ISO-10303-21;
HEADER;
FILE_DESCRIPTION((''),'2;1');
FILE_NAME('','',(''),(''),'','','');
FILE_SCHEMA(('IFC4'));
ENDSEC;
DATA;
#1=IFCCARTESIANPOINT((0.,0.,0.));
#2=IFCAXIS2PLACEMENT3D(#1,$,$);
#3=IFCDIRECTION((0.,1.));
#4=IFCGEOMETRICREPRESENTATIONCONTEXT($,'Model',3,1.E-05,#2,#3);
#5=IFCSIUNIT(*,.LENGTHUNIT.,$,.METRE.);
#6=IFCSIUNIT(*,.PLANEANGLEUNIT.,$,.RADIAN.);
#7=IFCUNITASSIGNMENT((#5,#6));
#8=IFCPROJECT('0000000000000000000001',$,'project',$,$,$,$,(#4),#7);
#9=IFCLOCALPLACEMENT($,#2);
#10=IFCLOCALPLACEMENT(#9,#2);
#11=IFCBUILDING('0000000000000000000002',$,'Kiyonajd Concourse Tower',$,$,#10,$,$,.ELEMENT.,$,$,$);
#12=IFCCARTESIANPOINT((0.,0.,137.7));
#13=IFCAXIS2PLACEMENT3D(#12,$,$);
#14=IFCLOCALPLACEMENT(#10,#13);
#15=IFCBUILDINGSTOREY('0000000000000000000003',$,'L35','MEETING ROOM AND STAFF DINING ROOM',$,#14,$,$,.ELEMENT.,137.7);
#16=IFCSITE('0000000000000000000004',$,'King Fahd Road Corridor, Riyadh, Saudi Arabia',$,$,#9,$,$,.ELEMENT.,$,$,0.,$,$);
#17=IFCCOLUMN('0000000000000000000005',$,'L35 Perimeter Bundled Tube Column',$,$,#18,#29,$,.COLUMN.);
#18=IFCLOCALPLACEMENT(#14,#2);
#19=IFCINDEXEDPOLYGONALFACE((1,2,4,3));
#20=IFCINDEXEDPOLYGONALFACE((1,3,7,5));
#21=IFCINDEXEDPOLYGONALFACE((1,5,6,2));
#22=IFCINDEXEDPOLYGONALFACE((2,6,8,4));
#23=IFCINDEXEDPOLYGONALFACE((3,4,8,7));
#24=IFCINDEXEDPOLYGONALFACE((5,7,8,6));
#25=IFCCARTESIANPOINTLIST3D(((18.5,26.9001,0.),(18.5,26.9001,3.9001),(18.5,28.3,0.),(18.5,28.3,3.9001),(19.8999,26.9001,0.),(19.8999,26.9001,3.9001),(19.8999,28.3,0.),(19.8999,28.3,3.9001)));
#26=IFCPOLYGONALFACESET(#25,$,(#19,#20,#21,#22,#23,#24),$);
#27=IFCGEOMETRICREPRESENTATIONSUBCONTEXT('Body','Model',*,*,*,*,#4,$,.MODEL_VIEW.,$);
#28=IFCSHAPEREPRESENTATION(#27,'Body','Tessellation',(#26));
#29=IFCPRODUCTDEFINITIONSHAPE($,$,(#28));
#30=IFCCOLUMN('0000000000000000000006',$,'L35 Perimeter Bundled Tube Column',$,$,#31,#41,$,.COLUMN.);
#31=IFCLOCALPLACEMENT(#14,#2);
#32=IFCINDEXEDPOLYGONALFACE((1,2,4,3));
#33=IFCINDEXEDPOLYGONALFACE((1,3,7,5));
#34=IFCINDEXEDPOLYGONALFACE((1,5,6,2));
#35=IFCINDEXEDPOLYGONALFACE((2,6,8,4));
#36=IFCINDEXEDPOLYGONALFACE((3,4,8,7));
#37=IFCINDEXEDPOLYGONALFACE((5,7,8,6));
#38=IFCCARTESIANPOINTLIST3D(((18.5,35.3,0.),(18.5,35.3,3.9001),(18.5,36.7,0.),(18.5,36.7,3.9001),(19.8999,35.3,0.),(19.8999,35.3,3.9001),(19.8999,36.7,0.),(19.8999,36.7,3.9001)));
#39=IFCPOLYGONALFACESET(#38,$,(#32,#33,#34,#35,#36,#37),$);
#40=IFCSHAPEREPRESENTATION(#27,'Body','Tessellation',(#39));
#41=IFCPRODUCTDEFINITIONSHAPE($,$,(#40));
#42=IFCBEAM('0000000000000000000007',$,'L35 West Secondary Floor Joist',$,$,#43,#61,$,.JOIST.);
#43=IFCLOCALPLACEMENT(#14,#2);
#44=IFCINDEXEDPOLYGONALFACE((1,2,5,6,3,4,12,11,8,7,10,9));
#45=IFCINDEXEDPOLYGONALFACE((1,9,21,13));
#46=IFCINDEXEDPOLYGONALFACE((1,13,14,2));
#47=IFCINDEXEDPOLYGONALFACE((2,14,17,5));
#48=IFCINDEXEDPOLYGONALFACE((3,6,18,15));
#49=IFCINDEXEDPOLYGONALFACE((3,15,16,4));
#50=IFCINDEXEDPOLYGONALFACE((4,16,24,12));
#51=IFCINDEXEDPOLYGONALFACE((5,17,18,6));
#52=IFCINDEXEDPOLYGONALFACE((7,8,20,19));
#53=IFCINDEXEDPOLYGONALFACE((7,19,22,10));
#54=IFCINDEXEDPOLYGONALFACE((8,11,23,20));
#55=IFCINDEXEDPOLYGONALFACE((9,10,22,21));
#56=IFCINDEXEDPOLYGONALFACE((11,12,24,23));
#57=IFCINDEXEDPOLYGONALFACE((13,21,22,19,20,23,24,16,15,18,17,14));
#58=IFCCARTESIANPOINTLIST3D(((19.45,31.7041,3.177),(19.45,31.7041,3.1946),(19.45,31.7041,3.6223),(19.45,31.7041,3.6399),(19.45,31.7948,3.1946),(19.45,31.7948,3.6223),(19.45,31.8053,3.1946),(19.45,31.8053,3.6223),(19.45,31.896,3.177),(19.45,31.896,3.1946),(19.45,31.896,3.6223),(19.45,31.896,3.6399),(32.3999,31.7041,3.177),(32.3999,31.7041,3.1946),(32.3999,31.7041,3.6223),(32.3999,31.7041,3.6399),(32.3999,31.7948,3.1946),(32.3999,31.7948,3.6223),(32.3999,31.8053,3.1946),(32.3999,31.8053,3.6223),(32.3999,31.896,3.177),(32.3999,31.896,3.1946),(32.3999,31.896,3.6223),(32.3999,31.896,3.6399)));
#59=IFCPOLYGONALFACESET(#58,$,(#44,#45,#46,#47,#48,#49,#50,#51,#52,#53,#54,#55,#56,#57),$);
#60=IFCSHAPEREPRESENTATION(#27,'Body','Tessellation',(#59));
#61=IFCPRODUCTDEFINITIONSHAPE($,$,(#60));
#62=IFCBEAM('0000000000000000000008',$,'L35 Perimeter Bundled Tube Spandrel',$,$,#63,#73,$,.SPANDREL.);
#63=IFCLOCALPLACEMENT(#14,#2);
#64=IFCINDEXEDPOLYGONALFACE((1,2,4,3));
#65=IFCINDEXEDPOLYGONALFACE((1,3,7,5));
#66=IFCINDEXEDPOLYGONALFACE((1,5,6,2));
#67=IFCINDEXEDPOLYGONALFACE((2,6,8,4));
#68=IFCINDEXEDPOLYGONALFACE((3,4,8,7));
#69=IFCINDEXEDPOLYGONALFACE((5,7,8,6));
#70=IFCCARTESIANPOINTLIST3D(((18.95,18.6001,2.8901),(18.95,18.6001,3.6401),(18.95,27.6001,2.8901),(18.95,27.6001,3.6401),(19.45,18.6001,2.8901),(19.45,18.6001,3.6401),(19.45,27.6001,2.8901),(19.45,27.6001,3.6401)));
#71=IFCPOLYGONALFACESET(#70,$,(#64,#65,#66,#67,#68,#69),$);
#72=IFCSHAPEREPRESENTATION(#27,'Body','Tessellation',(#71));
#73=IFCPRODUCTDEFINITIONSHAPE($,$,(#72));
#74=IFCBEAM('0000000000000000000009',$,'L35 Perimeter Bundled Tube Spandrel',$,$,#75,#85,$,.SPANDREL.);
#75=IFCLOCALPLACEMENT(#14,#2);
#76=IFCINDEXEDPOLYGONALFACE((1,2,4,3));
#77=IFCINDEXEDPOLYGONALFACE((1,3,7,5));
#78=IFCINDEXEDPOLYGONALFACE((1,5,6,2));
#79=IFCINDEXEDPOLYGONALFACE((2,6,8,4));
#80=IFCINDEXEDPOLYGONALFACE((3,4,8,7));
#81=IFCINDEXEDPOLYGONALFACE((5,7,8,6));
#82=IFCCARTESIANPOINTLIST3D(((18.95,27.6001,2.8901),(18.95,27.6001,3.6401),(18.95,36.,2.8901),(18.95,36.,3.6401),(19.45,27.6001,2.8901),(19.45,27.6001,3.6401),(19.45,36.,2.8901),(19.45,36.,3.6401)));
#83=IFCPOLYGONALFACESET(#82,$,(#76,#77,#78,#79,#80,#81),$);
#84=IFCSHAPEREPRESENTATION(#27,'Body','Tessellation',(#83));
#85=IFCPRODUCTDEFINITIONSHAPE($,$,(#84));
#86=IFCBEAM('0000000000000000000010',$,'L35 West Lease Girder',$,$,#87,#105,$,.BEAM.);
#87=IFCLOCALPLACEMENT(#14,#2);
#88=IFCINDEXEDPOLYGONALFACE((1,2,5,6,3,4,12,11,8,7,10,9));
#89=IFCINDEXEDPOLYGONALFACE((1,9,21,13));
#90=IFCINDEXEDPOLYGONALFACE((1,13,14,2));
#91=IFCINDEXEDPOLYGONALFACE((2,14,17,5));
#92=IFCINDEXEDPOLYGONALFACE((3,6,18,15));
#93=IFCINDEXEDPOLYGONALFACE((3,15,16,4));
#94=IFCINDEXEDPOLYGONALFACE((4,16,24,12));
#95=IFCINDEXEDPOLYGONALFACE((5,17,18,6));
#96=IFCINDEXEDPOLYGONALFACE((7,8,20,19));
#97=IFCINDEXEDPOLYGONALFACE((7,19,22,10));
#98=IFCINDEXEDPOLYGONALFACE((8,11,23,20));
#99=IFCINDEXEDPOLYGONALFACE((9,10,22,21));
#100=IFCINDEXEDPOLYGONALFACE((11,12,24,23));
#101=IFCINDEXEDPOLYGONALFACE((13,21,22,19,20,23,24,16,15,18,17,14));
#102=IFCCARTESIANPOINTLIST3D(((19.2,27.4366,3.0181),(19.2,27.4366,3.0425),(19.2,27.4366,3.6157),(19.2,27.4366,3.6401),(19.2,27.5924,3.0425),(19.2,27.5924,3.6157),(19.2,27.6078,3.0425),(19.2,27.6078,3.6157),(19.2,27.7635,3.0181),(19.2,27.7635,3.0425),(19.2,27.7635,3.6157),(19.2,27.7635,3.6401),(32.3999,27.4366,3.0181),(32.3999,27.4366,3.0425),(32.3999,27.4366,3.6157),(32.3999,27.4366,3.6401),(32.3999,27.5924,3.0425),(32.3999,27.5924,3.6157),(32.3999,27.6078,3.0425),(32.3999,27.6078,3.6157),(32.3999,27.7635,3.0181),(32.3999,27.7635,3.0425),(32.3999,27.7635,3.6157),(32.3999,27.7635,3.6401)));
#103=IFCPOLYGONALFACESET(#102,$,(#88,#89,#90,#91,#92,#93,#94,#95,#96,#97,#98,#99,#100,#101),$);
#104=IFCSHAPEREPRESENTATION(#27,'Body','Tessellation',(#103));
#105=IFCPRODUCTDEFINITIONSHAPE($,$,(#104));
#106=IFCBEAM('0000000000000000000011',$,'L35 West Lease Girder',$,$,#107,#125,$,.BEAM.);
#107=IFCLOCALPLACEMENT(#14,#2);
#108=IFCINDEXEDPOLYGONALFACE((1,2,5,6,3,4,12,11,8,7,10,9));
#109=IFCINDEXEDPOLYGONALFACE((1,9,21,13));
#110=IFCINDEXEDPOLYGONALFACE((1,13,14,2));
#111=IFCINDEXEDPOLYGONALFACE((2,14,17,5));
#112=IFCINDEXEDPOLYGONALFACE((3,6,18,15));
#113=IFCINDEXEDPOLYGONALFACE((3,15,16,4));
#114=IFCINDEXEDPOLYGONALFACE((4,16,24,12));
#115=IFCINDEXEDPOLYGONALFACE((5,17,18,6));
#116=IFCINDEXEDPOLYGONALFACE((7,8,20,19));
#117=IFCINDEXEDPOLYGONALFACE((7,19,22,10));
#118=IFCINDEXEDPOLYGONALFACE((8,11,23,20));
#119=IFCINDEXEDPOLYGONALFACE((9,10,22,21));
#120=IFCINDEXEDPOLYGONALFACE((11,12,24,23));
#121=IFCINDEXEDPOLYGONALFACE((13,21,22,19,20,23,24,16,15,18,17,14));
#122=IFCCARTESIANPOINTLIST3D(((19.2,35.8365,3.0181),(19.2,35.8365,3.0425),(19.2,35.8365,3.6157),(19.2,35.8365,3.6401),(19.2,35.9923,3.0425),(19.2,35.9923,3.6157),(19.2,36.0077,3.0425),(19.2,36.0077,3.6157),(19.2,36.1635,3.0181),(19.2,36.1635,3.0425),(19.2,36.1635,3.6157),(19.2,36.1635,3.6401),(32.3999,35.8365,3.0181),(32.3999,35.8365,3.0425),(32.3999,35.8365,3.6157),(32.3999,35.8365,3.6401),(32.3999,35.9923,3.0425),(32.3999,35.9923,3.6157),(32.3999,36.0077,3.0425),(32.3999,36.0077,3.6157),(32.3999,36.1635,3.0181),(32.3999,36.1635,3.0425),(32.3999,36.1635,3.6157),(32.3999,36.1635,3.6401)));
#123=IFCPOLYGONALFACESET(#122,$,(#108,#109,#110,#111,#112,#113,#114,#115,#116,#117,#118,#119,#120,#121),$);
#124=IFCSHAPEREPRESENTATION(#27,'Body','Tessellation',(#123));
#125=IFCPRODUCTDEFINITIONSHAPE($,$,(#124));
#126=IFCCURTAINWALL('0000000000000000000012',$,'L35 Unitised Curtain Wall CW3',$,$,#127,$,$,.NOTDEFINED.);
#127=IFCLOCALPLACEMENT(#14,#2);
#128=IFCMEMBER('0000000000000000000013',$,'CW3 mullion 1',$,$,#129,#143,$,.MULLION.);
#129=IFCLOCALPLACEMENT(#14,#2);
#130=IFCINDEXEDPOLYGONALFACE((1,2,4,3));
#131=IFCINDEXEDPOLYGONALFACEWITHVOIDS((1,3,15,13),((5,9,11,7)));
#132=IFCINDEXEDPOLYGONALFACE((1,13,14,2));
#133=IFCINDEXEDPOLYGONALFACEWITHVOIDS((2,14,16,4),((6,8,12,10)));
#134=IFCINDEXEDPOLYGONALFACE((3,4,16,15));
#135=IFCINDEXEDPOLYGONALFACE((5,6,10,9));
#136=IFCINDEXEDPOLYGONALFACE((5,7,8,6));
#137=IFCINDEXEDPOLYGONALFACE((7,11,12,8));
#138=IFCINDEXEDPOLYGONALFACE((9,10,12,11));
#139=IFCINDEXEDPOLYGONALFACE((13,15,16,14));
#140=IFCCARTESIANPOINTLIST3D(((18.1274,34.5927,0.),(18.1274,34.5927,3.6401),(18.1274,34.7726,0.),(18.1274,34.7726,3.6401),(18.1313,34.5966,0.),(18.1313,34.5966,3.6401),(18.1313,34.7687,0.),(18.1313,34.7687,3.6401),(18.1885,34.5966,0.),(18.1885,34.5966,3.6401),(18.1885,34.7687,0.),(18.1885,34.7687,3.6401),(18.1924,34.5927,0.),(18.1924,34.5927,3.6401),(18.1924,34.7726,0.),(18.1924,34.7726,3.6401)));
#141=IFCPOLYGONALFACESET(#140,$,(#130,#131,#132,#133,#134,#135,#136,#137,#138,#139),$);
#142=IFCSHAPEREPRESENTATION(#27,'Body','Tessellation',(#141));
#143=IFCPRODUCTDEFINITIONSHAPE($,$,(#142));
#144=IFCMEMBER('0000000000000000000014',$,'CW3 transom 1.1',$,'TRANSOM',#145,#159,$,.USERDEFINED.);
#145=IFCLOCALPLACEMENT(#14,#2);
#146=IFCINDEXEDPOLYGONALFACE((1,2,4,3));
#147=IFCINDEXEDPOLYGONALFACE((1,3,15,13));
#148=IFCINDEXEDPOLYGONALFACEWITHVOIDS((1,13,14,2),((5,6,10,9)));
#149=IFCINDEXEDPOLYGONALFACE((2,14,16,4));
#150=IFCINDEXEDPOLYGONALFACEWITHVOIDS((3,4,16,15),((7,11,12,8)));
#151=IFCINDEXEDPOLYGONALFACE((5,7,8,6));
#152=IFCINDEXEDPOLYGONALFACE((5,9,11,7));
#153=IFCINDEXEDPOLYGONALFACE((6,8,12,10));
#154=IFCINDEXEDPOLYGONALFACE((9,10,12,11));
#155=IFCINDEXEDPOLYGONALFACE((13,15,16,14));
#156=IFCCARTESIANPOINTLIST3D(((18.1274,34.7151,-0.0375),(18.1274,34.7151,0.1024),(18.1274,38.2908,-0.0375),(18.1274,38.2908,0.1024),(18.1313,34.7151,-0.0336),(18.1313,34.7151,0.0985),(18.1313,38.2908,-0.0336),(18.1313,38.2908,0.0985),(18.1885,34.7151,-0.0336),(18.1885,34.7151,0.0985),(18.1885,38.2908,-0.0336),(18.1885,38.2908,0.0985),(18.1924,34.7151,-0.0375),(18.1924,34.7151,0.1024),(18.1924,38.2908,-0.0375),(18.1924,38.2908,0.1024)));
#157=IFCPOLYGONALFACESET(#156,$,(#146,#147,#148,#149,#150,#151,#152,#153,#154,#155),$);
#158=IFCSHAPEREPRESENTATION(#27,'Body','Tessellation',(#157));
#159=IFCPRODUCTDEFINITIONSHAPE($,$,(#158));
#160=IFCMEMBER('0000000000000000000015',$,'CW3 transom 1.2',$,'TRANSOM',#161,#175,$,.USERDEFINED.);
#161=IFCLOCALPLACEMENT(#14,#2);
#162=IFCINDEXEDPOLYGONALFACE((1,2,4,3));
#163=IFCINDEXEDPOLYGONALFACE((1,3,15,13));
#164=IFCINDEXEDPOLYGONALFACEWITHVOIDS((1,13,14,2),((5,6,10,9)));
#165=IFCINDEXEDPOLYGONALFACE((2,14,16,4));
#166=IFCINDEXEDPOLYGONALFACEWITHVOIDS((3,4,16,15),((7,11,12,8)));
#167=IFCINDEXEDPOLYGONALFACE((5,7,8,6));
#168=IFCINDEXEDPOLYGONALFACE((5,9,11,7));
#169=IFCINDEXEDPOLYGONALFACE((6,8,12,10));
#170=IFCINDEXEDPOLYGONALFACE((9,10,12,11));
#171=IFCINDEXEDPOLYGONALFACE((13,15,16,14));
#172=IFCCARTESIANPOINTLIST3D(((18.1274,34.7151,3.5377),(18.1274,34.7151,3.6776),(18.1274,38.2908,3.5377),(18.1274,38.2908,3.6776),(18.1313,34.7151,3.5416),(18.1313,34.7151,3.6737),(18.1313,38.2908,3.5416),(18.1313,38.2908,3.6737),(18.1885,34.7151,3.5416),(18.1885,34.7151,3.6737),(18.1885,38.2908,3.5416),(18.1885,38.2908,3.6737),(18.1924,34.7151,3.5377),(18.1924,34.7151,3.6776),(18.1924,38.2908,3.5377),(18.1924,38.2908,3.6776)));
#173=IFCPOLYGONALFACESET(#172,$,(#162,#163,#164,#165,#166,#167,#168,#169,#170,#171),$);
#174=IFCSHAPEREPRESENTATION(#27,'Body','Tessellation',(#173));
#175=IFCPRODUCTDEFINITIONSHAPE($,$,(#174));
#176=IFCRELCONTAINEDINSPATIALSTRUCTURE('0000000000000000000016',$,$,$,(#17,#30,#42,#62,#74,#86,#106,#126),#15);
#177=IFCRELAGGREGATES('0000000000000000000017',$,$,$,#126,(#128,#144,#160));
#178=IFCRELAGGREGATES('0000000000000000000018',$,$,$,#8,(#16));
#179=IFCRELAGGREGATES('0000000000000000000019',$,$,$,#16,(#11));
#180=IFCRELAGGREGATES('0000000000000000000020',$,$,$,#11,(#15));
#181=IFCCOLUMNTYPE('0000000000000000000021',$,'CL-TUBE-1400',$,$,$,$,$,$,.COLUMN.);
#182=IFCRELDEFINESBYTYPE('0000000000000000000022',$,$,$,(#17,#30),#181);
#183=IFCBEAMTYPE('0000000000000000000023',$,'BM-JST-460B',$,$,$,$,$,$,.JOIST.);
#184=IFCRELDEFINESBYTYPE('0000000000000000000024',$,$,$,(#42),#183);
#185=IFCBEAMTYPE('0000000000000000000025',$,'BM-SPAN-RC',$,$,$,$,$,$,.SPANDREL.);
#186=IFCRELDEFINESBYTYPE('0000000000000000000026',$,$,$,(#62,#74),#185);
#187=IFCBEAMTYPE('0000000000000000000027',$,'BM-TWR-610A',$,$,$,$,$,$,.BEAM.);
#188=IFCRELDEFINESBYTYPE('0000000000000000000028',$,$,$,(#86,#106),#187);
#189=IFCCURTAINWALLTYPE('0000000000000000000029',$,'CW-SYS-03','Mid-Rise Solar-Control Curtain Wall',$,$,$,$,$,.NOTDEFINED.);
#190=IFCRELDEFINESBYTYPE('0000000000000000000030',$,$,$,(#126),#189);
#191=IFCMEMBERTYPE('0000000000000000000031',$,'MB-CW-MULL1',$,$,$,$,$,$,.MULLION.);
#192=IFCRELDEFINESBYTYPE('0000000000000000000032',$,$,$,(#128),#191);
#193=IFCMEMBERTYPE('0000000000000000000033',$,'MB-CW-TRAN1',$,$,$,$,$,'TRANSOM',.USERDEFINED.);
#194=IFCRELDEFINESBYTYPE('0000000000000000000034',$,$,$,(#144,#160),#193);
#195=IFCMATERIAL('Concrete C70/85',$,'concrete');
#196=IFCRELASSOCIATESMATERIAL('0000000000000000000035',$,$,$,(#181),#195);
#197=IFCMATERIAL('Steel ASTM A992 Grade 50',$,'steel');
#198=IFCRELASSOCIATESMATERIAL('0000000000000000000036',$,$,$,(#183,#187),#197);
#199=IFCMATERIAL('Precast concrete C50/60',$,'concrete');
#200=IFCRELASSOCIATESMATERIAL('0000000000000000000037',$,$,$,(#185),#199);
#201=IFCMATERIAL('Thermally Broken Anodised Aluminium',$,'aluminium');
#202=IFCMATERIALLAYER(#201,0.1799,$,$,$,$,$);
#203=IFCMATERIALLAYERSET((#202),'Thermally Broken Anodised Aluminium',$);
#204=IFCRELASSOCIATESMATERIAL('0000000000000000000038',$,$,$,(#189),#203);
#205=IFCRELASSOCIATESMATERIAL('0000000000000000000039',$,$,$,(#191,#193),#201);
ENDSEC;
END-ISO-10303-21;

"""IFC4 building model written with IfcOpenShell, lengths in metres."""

from ifc_helpers import new_model, si_unit, direction, frame, origin, origin_2d, place, context, subcontext, project, spatial, rectangle, hollow_rectangle, i_section, extrude, material, layer, layer_set, material_profile, profile_set, type_object, element, aggregate, save


model = new_model("IFC4")

# Units and contexts
model_context = context("Model", 3, precision=1e-05, world=origin(), true_north=direction((0.0, 1.0)))
body_context = subcontext(model_context, "Body", "Model", "MODEL_VIEW")
ifc_project = project(units=[si_unit("LENGTHUNIT", "METRE"), si_unit("PLANEANGLEUNIT", "RADIAN")], contexts=[model_context])

# Site, building, storey
site_placement = place(None, origin())
site = spatial("IfcSite", under=ifc_project, at=site_placement, Name="King Fahd Road Corridor, Riyadh, Saudi Arabia", CompositionType="ELEMENT", RefElevation=0.0)
building_placement = place(site_placement, origin())
building = spatial("IfcBuilding", under=site, at=building_placement, Name="Kiyonajd Concourse Tower", CompositionType="ELEMENT")
storey_placement = place(building_placement, frame((0.0, 0.0, 137.7)))
storey = spatial("IfcBuildingStorey", under=building, at=storey_placement, Name="L35", Description="MEETING ROOM AND STAFF DINING ROOM", CompositionType="ELEMENT", Elevation=137.7)

# Columns
ifc_material_1 = material(Name="Concrete C70/85", Category="concrete")
ifc_material_profile_1 = material_profile(ifc_material_1, rectangle(XDim=1.3999, YDim=1.3999, at=origin_2d()), Name="RC-1400x1400")
ifc_profile_set_1 = profile_set([ifc_material_profile_1], Name="Concrete C70/85")
column_type = type_object("IfcColumnType", Name="CL-TUBE-1400", PredefinedType="COLUMN", material=ifc_profile_set_1)
for number, where, z_axis, x_axis, name in (
    (1, (19.2, 27.6001, 0.0), (0.0, 0.0, 1.0), (1.0, 0.0, 0.0), "L35 Perimeter Bundled Tube Column"),
    (2, (19.2, 36.0, 0.0), (0.0, 0.0, 1.0), (1.0, 0.0, 0.0), "L35 Perimeter Bundled Tube Column"),
):
    element("IfcColumn", number, at=place(storey_placement, frame(where, z_axis=z_axis, x_axis=x_axis)), inside=storey, type_object=column_type, Name=name, PredefinedType="COLUMN", context=body_context, shape_type="SweptSolid", body=[
        extrude(rectangle(XDim=1.3999, YDim=1.3999, at=origin_2d()), origin(), (0.0, 0.0, 1.0), 3.9001),
    ])

# Beams
ifc_material_2 = material(Name="Steel ASTM A992 Grade 50", Category="steel")
ifc_material_profile_2 = material_profile(ifc_material_2, i_section(OverallWidth=0.1919, OverallDepth=0.4629, WebThickness=0.0105, FlangeThickness=0.0176, at=origin_2d()), Name="W460X89")
ifc_profile_set_2 = profile_set([ifc_material_profile_2], Name="Steel ASTM A992 Grade 50")
beam_type_1 = type_object("IfcBeamType", Name="BM-JST-460B", PredefinedType="JOIST", material=ifc_profile_set_2)
beam_1_placement = place(storey_placement, frame((19.45, 31.8, 3.4084), z_axis=(1.0, 0.0, 0.0), x_axis=(0.0, 1.0, 0.0)))
element("IfcBeam", 3, at=beam_1_placement, inside=storey, type_object=beam_type_1, Name="L35 West Secondary Floor Joist", PredefinedType="JOIST", context=body_context, shape_type="SweptSolid", body=[
    extrude(i_section(OverallWidth=0.1919, OverallDepth=0.4629, WebThickness=0.0105, FlangeThickness=0.0176, at=origin_2d()), origin(), (0.0, 0.0, 1.0), 12.95),
])
ifc_material_3 = material(Name="Precast concrete C50/60", Category="concrete")
ifc_material_profile_3 = material_profile(ifc_material_3, rectangle(XDim=0.5, YDim=0.75, at=origin_2d()), Name="RCBM-500x750")
ifc_profile_set_3 = profile_set([ifc_material_profile_3], Name="Precast concrete C50/60")
beam_type_2 = type_object("IfcBeamType", Name="BM-SPAN-RC", PredefinedType="SPANDREL", material=ifc_profile_set_3)
beam_2_placement = place(storey_placement, frame((19.2, 27.6001, 3.2651), z_axis=(0.0, -1.0, 0.0), x_axis=(1.0, 0.0, 0.0)))
element("IfcBeam", 4, at=beam_2_placement, inside=storey, type_object=beam_type_2, Name="L35 Perimeter Bundled Tube Spandrel", PredefinedType="SPANDREL", context=body_context, shape_type="SweptSolid", body=[
    extrude(rectangle(XDim=0.5, YDim=0.75, at=origin_2d()), origin(), (0.0, 0.0, 1.0), 9.0),
])
beam_3_placement = place(storey_placement, frame((19.2, 36.0, 3.2651), z_axis=(0.0, -1.0, 0.0), x_axis=(1.0, 0.0, 0.0)))
element("IfcBeam", 5, at=beam_3_placement, inside=storey, type_object=beam_type_2, Name="L35 Perimeter Bundled Tube Spandrel", PredefinedType="SPANDREL", context=body_context, shape_type="SweptSolid", body=[
    extrude(rectangle(XDim=0.5, YDim=0.75, at=origin_2d()), origin(), (0.0, 0.0, 1.0), 8.3999),
])
ifc_material_profile_4 = material_profile(ifc_material_2, i_section(OverallWidth=0.3269, OverallDepth=0.6221, WebThickness=0.0154, FlangeThickness=0.0244, at=origin_2d()), Name="W610X195")
ifc_profile_set_4 = profile_set([ifc_material_profile_4], Name="Steel ASTM A992 Grade 50")
beam_type_3 = type_object("IfcBeamType", Name="BM-TWR-610A", PredefinedType="BEAM", material=ifc_profile_set_4)
for number, where, z_axis, x_axis, name in (
    (6, (19.2, 27.6001, 3.3291), (1.0, 0.0, 0.0), (0.0, 1.0, 0.0), "L35 West Lease Girder"),
    (7, (19.2, 36.0, 3.3291), (1.0, 0.0, 0.0), (0.0, 1.0, 0.0), "L35 West Lease Girder"),
):
    element("IfcBeam", number, at=place(storey_placement, frame(where, z_axis=z_axis, x_axis=x_axis)), inside=storey, type_object=beam_type_3, Name=name, PredefinedType="BEAM", context=body_context, shape_type="SweptSolid", body=[
        extrude(i_section(OverallWidth=0.3269, OverallDepth=0.6221, WebThickness=0.0154, FlangeThickness=0.0244, at=origin_2d()), origin(), (0.0, 0.0, 1.0), 13.2),
    ])

# Curtain wall, members
ifc_material_4 = material(Name="Thermally Broken Anodised Aluminium", Category="aluminium")
ifc_layer_1 = layer(ifc_material_4, 0.1799)
ifc_layer_set_1 = layer_set([ifc_layer_1], Name="Thermally Broken Anodised Aluminium")
curtain_wall_type = type_object("IfcCurtainWallType", Name="CW-SYS-03", Description="Mid-Rise Solar-Control Curtain Wall", PredefinedType="NOTDEFINED", material=ifc_layer_set_1)
curtain_wall_placement = place(storey_placement, origin())
curtain_wall = element("IfcCurtainWall", 8, at=curtain_wall_placement, inside=storey, type_object=curtain_wall_type, Name="L35 Unitised Curtain Wall CW3", PredefinedType="NOTDEFINED")
ifc_material_profile_5 = material_profile(ifc_material_4, hollow_rectangle(XDim=0.0649, YDim=0.1799, WallThickness=0.0039, at=origin_2d()), Name="MULL-65x180")
ifc_profile_set_5 = profile_set([ifc_material_profile_5], Name="Thermally Broken Anodised Aluminium")
member_type_1 = type_object("IfcMemberType", Name="MB-CW-MULL1", PredefinedType="MULLION", material=ifc_profile_set_5)
member_1_placement = place(storey_placement, frame((18.1599, 34.6826, 0.0), z_axis=(0.0, 0.0, 1.0), x_axis=(-1.0, 0.0, 0.0)))
member_1 = element("IfcMember", 9, at=member_1_placement, type_object=member_type_1, Name="CW3 mullion 1", PredefinedType="MULLION", context=body_context, shape_type="SweptSolid", body=[
    extrude(hollow_rectangle(XDim=0.0649, YDim=0.1799, WallThickness=0.0039, at=origin_2d()), origin(), (0.0, 0.0, 1.0), 3.6401),
])
ifc_material_profile_6 = material_profile(ifc_material_4, hollow_rectangle(XDim=0.0649, YDim=0.1399, WallThickness=0.0039, at=origin_2d()), Name="TRAN-65x140")
ifc_profile_set_6 = profile_set([ifc_material_profile_6], Name="Thermally Broken Anodised Aluminium")
member_type_2 = type_object("IfcMemberType", Name="MB-CW-TRAN1", ElementType="TRANSOM", PredefinedType="USERDEFINED", material=ifc_profile_set_6)
member_2_placement = place(storey_placement, frame((18.1599, 34.7151, 0.0325), z_axis=(0.0, 1.0, 0.0), x_axis=(-1.0, 0.0, 0.0)))
member_2 = element("IfcMember", 10, at=member_2_placement, type_object=member_type_2, Name="CW3 transom 1.1", ObjectType="TRANSOM", PredefinedType="USERDEFINED", context=body_context, shape_type="SweptSolid", body=[
    extrude(hollow_rectangle(XDim=0.0649, YDim=0.1399, WallThickness=0.0039, at=origin_2d()), origin(), (0.0, 0.0, 1.0), 3.5757),
])
member_3_placement = place(storey_placement, frame((18.1599, 34.7151, 3.6077), z_axis=(0.0, 1.0, 0.0), x_axis=(-1.0, 0.0, 0.0)))
member_3 = element("IfcMember", 11, at=member_3_placement, type_object=member_type_2, Name="CW3 transom 1.2", ObjectType="TRANSOM", PredefinedType="USERDEFINED", context=body_context, shape_type="SweptSolid", body=[
    extrude(hollow_rectangle(XDim=0.0649, YDim=0.1399, WallThickness=0.0039, at=origin_2d()), origin(), (0.0, 0.0, 1.0), 3.5757),
])

aggregate(curtain_wall, [member_1, member_2, member_3])

save(model, "model.ifc")
